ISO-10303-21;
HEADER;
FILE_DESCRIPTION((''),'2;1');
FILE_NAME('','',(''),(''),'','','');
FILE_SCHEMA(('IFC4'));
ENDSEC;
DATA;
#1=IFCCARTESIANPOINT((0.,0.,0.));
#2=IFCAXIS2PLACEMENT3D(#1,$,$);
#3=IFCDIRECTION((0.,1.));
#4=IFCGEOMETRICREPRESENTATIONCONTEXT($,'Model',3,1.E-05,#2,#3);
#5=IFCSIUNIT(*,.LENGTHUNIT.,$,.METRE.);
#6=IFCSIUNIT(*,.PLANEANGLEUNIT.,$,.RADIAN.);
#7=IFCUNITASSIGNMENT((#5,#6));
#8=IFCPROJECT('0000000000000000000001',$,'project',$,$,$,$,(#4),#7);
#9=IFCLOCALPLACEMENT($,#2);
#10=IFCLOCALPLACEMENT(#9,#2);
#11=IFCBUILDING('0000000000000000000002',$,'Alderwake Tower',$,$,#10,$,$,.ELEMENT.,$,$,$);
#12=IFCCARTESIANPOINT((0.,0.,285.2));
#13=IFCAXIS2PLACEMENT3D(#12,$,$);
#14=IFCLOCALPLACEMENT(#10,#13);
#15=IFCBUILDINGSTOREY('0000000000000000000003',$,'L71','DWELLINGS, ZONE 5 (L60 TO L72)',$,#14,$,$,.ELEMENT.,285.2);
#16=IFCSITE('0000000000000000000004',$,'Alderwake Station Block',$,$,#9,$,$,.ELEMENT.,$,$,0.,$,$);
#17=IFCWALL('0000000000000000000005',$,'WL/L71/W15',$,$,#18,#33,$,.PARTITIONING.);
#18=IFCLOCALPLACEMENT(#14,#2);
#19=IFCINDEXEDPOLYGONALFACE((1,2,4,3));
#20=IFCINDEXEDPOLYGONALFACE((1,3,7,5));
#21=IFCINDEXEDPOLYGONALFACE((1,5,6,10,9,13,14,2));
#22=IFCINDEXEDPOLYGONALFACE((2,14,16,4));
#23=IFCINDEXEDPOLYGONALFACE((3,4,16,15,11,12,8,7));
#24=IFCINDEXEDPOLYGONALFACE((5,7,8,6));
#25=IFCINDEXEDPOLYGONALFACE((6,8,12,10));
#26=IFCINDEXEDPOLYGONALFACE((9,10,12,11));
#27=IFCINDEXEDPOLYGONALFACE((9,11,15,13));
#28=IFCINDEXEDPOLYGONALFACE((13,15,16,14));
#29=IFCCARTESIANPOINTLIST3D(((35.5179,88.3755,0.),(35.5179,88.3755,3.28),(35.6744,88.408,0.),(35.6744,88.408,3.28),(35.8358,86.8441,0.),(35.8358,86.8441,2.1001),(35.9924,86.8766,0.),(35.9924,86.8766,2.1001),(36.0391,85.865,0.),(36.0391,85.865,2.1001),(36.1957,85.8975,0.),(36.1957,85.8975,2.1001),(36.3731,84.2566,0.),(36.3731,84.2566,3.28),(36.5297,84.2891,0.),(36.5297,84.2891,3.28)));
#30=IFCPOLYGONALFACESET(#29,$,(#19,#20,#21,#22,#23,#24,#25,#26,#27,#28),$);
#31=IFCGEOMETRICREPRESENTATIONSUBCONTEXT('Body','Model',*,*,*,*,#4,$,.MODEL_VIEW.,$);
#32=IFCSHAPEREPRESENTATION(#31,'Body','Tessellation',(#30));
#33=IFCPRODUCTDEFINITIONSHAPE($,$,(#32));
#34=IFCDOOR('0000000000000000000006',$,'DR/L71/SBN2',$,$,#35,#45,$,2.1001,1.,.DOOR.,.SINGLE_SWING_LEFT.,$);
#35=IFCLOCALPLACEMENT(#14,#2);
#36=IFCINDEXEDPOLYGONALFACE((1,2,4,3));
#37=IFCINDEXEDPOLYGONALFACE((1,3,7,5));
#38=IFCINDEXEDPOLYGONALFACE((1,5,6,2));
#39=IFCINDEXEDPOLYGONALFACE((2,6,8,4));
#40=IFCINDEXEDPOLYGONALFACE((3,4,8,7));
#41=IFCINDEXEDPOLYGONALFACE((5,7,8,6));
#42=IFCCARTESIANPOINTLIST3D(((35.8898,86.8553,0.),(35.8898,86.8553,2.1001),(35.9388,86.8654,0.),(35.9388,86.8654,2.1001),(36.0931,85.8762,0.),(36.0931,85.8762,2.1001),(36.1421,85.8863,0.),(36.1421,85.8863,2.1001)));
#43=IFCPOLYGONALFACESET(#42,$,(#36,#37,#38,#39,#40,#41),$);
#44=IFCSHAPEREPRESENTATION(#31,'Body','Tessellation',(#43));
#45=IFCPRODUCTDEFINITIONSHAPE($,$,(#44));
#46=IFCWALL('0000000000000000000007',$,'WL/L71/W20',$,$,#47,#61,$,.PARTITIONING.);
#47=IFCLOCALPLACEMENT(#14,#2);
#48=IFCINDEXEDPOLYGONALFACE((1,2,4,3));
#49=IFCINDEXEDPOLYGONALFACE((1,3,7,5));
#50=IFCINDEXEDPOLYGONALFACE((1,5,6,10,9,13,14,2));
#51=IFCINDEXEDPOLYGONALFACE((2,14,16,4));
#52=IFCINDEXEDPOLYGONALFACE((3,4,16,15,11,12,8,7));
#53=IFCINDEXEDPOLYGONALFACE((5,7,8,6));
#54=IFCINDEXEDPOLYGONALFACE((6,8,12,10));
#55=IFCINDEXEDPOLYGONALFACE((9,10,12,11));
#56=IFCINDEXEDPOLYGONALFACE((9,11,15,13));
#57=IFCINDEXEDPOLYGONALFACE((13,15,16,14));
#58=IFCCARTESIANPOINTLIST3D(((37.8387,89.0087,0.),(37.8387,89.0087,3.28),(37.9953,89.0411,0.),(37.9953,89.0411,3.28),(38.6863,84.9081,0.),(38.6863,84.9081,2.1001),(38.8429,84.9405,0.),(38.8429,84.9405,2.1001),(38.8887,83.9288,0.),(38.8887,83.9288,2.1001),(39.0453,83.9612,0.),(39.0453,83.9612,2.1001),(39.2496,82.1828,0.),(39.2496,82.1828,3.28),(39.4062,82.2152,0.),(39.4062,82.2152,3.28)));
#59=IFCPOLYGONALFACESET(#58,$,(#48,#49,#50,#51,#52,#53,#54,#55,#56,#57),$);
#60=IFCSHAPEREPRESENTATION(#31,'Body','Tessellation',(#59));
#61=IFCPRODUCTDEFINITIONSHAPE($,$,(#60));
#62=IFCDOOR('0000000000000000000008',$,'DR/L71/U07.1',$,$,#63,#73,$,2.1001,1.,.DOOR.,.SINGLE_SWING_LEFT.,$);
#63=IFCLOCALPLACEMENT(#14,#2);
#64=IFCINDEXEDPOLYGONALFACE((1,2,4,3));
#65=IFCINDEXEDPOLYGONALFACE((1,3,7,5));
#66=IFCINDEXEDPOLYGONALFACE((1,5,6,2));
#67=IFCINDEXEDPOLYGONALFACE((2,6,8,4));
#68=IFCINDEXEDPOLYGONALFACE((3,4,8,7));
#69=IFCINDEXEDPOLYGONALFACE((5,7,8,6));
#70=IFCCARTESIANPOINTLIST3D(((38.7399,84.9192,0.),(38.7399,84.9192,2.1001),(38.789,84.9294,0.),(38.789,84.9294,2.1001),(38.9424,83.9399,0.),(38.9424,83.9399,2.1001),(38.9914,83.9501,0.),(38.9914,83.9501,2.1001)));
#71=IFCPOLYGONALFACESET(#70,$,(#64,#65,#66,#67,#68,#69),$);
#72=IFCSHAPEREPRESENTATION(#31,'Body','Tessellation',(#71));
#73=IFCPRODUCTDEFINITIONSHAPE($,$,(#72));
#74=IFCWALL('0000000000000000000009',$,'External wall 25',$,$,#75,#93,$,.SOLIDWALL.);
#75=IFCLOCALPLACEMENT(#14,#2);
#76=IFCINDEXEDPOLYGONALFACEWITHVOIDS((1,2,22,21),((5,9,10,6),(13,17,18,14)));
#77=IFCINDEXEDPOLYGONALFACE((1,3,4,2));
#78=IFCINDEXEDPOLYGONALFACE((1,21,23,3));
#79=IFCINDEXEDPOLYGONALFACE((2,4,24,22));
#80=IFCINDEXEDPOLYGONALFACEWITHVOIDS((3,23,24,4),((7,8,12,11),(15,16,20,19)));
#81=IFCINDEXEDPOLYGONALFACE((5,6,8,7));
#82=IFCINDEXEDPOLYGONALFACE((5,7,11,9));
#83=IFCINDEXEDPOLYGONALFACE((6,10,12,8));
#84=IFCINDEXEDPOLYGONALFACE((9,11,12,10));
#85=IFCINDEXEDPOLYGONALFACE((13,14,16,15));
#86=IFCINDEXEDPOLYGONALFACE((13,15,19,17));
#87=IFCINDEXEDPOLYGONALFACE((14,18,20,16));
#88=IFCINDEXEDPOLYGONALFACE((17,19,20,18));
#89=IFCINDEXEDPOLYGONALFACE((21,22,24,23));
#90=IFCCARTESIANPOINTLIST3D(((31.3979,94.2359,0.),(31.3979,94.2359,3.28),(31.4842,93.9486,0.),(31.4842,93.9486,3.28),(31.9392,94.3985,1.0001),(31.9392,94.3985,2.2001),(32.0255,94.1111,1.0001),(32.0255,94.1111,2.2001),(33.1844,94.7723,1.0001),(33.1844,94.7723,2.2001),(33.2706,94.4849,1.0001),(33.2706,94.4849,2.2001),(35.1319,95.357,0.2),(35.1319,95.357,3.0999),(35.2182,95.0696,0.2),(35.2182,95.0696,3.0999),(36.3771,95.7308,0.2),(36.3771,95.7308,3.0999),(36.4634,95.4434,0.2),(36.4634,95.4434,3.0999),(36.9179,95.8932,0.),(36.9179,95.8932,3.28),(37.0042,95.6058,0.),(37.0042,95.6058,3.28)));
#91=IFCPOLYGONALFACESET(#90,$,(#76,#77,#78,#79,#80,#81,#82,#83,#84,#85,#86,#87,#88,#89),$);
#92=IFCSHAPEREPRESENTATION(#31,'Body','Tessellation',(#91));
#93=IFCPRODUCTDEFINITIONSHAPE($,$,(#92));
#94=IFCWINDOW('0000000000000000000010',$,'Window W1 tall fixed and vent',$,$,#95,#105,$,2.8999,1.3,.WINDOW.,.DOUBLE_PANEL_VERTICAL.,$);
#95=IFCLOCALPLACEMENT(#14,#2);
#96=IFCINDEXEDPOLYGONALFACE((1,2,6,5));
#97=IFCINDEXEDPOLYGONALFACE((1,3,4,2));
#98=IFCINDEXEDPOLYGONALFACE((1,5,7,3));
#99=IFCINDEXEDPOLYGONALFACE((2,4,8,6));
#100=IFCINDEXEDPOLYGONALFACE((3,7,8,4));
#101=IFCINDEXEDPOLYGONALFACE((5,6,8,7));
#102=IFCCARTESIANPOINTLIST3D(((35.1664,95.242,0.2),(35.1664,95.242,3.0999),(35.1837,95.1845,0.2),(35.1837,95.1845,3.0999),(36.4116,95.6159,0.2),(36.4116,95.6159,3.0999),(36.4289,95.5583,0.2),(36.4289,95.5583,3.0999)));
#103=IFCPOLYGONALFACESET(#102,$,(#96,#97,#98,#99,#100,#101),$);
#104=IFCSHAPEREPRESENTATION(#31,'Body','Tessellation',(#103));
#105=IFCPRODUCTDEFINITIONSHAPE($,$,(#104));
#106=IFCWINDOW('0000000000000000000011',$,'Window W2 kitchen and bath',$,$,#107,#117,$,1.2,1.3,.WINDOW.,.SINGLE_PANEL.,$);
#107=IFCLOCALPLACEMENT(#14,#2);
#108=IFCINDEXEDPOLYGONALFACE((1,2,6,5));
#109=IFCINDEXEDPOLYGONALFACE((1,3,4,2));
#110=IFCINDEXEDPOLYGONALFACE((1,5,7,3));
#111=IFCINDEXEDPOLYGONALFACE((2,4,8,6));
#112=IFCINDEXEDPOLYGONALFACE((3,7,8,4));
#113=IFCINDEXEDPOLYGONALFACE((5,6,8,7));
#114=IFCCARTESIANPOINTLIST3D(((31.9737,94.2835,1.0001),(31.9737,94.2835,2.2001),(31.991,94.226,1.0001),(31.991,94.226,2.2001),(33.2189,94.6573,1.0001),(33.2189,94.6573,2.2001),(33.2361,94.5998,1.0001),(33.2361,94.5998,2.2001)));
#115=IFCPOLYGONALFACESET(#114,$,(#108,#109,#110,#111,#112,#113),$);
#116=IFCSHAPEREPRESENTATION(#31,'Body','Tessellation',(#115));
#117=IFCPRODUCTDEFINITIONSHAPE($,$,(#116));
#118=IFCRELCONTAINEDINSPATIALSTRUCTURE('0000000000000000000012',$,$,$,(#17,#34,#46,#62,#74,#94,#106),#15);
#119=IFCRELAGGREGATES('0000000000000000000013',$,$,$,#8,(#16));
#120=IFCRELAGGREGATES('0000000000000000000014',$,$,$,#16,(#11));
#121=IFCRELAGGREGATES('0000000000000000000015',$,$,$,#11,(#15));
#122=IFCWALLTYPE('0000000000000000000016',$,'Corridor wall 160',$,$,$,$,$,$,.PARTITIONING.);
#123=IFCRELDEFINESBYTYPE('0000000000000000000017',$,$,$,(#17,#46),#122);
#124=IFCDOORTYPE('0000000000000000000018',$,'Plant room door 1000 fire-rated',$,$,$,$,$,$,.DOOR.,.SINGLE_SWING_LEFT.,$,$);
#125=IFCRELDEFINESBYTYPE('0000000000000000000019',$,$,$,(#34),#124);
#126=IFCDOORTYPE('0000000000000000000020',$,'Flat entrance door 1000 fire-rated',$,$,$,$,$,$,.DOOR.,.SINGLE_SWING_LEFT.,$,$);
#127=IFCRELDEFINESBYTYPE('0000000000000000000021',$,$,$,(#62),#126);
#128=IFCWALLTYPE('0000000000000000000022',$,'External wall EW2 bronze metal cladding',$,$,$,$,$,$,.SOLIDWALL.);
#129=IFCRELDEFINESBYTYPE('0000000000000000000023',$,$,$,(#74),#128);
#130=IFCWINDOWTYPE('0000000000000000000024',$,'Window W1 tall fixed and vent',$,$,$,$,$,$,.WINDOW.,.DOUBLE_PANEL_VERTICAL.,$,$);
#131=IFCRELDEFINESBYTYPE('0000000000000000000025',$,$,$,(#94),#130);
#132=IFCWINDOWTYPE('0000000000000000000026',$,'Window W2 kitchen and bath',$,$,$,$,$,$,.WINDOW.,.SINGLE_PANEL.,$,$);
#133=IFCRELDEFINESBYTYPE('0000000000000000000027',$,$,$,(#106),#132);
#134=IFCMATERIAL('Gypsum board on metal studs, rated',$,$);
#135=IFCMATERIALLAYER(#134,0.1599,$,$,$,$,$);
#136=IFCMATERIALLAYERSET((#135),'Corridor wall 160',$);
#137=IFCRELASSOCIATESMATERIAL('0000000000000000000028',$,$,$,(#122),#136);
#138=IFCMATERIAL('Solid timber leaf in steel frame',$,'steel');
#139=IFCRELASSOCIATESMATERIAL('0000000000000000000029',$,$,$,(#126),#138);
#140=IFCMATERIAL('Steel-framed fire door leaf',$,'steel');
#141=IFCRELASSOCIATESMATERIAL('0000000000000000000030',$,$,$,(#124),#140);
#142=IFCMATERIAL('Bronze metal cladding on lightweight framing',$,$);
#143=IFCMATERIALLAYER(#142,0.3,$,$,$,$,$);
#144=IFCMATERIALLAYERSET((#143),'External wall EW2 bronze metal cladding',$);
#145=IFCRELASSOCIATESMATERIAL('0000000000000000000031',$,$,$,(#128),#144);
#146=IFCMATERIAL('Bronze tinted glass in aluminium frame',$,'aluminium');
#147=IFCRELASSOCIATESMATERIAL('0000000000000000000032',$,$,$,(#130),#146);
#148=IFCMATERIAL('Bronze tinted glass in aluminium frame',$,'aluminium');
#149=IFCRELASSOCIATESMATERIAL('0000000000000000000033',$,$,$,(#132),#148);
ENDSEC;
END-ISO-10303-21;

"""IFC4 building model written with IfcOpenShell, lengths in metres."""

from ifc_helpers import new_model, si_unit, direction, frame, frame_2d, origin, place, context, subcontext, project, spatial, rectangle, extrude, material, layer, layer_set, type_object, element, fill, save


model = new_model("IFC4")

# Units and contexts
model_context = context("Model", 3, precision=1e-05, world=origin(), true_north=direction((0.0, 1.0)))
body_context = subcontext(model_context, "Body", "Model", "MODEL_VIEW")
ifc_project = project(units=[si_unit("LENGTHUNIT", "METRE"), si_unit("PLANEANGLEUNIT", "RADIAN")], contexts=[model_context])

# Site, building, storey
site_placement = place(None, origin())
site = spatial("IfcSite", under=ifc_project, at=site_placement, Name="Alderwake Station Block", CompositionType="ELEMENT", RefElevation=0.0)
building_placement = place(site_placement, origin())
building = spatial("IfcBuilding", under=site, at=building_placement, Name="Alderwake Tower", CompositionType="ELEMENT")
storey_placement = place(building_placement, frame((0.0, 0.0, 285.2)))
storey = spatial("IfcBuildingStorey", under=building, at=storey_placement, Name="L71", Description="DWELLINGS, ZONE 5 (L60 TO L72)", CompositionType="ELEMENT", Elevation=285.2)

# Shared definitions
ifc_material_1 = material(Name="Gypsum board on metal studs, rated")
ifc_layer_1 = layer(ifc_material_1, 0.1599)
ifc_layer_set_1 = layer_set([ifc_layer_1], Name="Corridor wall 160")
wall_type_1 = type_object("IfcWallType", Name="Corridor wall 160", PredefinedType="PARTITIONING", material=ifc_layer_set_1)

# Walls, openings, doors
ifc_material_2 = material(Name="Solid timber leaf in steel frame", Category="steel")
door_type_1 = type_object("IfcDoorType", Name="Flat entrance door 1000 fire-rated", OperationType="SINGLE_SWING_LEFT", PredefinedType="DOOR", material=ifc_material_2)
wall_1_placement = place(storey_placement, frame((36.4514, 84.2727, 0.0), z_axis=(0.0, 0.0, 1.0), x_axis=(-0.203298, 0.979117, 0.0)))
wall_1 = element("IfcWall", 1, at=wall_1_placement, inside=storey, type_object=wall_type_1, Name="WL/L71/W15", PredefinedType="PARTITIONING", context=body_context, shape_type="SweptSolid", body=[
    extrude(rectangle(XDim=4.2068, YDim=0.1599, at=frame_2d((2.1035, 0.0))), origin(), (0.0, 0.0, 1.0), 3.28),
])
opening_1_placement = place(wall_1_placement, frame((1.6428, 0.0, 0.0)))
opening_1 = element("IfcOpeningElement", 2, at=opening_1_placement, cuts=wall_1, PredefinedType="OPENING", context=body_context, shape_type="SweptSolid", body=[
    extrude(rectangle(XDim=1.0, YDim=2.1001, at=frame_2d((0.5, 1.05))), frame((0.0, 0.0898, 0.0), z_axis=(0.0, -1.0, 0.0), x_axis=(1.0, 0.0, 0.0)), (0.0, 0.0, 1.0), 0.1799),
])
ifc_material_3 = material(Name="Steel-framed fire door leaf", Category="steel")
door_type_2 = type_object("IfcDoorType", Name="Plant room door 1000 fire-rated", OperationType="SINGLE_SWING_LEFT", PredefinedType="DOOR", material=ifc_material_3)
door_1_placement = place(opening_1_placement, origin())
door_1 = element("IfcDoor", 3, at=door_1_placement, inside=storey, type_object=door_type_2, Name="DR/L71/SBN2", OperationType="SINGLE_SWING_LEFT", OverallHeight=2.1001, OverallWidth=1.0, PredefinedType="DOOR", context=body_context, shape_type="SweptSolid", body=[
    extrude(rectangle(XDim=1.0, YDim=2.1001, at=frame_2d((0.5, 1.05))), frame((0.0, 0.0249, 0.0), z_axis=(0.0, -1.0, 0.0), x_axis=(1.0, 0.0, 0.0)), (0.0, 0.0, 1.0), 0.05),
])
fill(opening_1, door_1)
wall_2_placement = place(storey_placement, frame((37.917, 89.0249, 0.0), z_axis=(0.0, 0.0, 1.0), x_axis=(0.202417, -0.979299, 0.0)))
wall_2 = element("IfcWall", 4, at=wall_2_placement, inside=storey, type_object=wall_type_1, Name="WL/L71/W20", PredefinedType="PARTITIONING", context=body_context, shape_type="SweptSolid", body=[
    extrude(rectangle(XDim=6.9702, YDim=0.1599, at=frame_2d((3.4851, 0.0))), origin(), (0.0, 0.0, 1.0), 3.28),
])
opening_2_placement = place(wall_2_placement, frame((4.1873, 0.0, 0.0)))
opening_2 = element("IfcOpeningElement", 5, at=opening_2_placement, cuts=wall_2, PredefinedType="OPENING", context=body_context, shape_type="SweptSolid", body=[
    extrude(rectangle(XDim=1.0, YDim=2.1001, at=frame_2d((0.5, 1.05))), frame((0.0, 0.0898, 0.0), z_axis=(0.0, -1.0, 0.0), x_axis=(1.0, 0.0, 0.0)), (0.0, 0.0, 1.0), 0.1799),
])
door_2_placement = place(opening_2_placement, origin())
door_2 = element("IfcDoor", 6, at=door_2_placement, inside=storey, type_object=door_type_1, Name="DR/L71/U07.1", OperationType="SINGLE_SWING_LEFT", OverallHeight=2.1001, OverallWidth=1.0, PredefinedType="DOOR", context=body_context, shape_type="SweptSolid", body=[
    extrude(rectangle(XDim=1.0, YDim=2.1001, at=frame_2d((0.5, 1.05))), frame((0.0, 0.0249, 0.0), z_axis=(0.0, -1.0, 0.0), x_axis=(1.0, 0.0, 0.0)), (0.0, 0.0, 1.0), 0.05),
])
fill(opening_2, door_2)

# Wall, openings, windows
ifc_material_4 = material(Name="Bronze metal cladding on lightweight framing")
ifc_layer_2 = layer(ifc_material_4, 0.3)
ifc_layer_set_2 = layer_set([ifc_layer_2], Name="External wall EW2 bronze metal cladding")
wall_type_2 = type_object("IfcWallType", Name="External wall EW2 bronze metal cladding", PredefinedType="SOLIDWALL", material=ifc_layer_set_2)
wall_3_placement = place(storey_placement, frame((36.9612, 95.7495, 0.0), z_axis=(0.0, 0.0, 1.0), x_axis=(-0.957768, -0.287542, 0.0)))
wall_3 = element("IfcWall", 7, at=wall_3_placement, inside=storey, type_object=wall_type_2, Name="External wall 25", PredefinedType="SOLIDWALL", context=body_context, shape_type="SweptSolid", body=[
    extrude(rectangle(XDim=5.7634, YDim=0.3, at=frame_2d((2.8818, 0.0))), origin(), (0.0, 0.0, 1.0), 3.28),
])
opening_3_placement = place(wall_3_placement, frame((0.5649, 0.0, 0.2)))
opening_3 = element("IfcOpeningElement", 8, at=opening_3_placement, cuts=wall_3, PredefinedType="OPENING", context=body_context, shape_type="SweptSolid", body=[
    extrude(rectangle(XDim=1.3, YDim=2.8999, at=frame_2d((0.6499, 1.45))), frame((0.0, 0.1599, 0.0), z_axis=(0.0, -1.0, 0.0), x_axis=(1.0, 0.0, 0.0)), (0.0, 0.0, 1.0), 0.3201),
])
opening_4_placement = place(wall_3_placement, frame((3.8984, 0.0, 1.0)))
opening_4 = element("IfcOpeningElement", 9, at=opening_4_placement, cuts=wall_3, PredefinedType="OPENING", context=body_context, shape_type="SweptSolid", body=[
    extrude(rectangle(XDim=1.3, YDim=1.2, at=frame_2d((0.6499, 0.6001))), frame((0.0, 0.1599, 0.0), z_axis=(0.0, -1.0, 0.0), x_axis=(1.0, 0.0, 0.0)), (0.0, 0.0, 1.0), 0.3201),
])
ifc_material_5 = material(Name="Bronze tinted glass in aluminium frame", Category="aluminium")
window_type_1 = type_object("IfcWindowType", Name="Window W1 tall fixed and vent", PartitioningType="DOUBLE_PANEL_VERTICAL", PredefinedType="WINDOW", material=ifc_material_5)
window_1_placement = place(opening_3_placement, origin())
window_1 = element("IfcWindow", 10, at=window_1_placement, inside=storey, type_object=window_type_1, Name="Window W1 tall fixed and vent", OverallHeight=2.8999, OverallWidth=1.3, PartitioningType="DOUBLE_PANEL_VERTICAL", PredefinedType="WINDOW", context=body_context, shape_type="SweptSolid", body=[
    extrude(rectangle(XDim=1.3, YDim=2.8999, at=frame_2d((0.6499, 1.45))), frame((0.0, 0.03, 0.0), z_axis=(0.0, -1.0, 0.0), x_axis=(1.0, 0.0, 0.0)), (0.0, 0.0, 1.0), 0.0601),
])
fill(opening_3, window_1)
ifc_material_6 = material(Name="Bronze tinted glass in aluminium frame", Category="aluminium")
window_type_2 = type_object("IfcWindowType", Name="Window W2 kitchen and bath", PartitioningType="SINGLE_PANEL", PredefinedType="WINDOW", material=ifc_material_6)
window_2_placement = place(opening_4_placement, origin())
window_2 = element("IfcWindow", 11, at=window_2_placement, inside=storey, type_object=window_type_2, Name="Window W2 kitchen and bath", OverallHeight=1.2, OverallWidth=1.3, PartitioningType="SINGLE_PANEL", PredefinedType="WINDOW", context=body_context, shape_type="SweptSolid", body=[
    extrude(rectangle(XDim=1.3, YDim=1.2, at=frame_2d((0.6499, 0.6001))), frame((0.0, 0.03, 0.0), z_axis=(0.0, -1.0, 0.0), x_axis=(1.0, 0.0, 0.0)), (0.0, 0.0, 1.0), 0.0601),
])
fill(opening_4, window_2)

save(model, "model.ifc")
